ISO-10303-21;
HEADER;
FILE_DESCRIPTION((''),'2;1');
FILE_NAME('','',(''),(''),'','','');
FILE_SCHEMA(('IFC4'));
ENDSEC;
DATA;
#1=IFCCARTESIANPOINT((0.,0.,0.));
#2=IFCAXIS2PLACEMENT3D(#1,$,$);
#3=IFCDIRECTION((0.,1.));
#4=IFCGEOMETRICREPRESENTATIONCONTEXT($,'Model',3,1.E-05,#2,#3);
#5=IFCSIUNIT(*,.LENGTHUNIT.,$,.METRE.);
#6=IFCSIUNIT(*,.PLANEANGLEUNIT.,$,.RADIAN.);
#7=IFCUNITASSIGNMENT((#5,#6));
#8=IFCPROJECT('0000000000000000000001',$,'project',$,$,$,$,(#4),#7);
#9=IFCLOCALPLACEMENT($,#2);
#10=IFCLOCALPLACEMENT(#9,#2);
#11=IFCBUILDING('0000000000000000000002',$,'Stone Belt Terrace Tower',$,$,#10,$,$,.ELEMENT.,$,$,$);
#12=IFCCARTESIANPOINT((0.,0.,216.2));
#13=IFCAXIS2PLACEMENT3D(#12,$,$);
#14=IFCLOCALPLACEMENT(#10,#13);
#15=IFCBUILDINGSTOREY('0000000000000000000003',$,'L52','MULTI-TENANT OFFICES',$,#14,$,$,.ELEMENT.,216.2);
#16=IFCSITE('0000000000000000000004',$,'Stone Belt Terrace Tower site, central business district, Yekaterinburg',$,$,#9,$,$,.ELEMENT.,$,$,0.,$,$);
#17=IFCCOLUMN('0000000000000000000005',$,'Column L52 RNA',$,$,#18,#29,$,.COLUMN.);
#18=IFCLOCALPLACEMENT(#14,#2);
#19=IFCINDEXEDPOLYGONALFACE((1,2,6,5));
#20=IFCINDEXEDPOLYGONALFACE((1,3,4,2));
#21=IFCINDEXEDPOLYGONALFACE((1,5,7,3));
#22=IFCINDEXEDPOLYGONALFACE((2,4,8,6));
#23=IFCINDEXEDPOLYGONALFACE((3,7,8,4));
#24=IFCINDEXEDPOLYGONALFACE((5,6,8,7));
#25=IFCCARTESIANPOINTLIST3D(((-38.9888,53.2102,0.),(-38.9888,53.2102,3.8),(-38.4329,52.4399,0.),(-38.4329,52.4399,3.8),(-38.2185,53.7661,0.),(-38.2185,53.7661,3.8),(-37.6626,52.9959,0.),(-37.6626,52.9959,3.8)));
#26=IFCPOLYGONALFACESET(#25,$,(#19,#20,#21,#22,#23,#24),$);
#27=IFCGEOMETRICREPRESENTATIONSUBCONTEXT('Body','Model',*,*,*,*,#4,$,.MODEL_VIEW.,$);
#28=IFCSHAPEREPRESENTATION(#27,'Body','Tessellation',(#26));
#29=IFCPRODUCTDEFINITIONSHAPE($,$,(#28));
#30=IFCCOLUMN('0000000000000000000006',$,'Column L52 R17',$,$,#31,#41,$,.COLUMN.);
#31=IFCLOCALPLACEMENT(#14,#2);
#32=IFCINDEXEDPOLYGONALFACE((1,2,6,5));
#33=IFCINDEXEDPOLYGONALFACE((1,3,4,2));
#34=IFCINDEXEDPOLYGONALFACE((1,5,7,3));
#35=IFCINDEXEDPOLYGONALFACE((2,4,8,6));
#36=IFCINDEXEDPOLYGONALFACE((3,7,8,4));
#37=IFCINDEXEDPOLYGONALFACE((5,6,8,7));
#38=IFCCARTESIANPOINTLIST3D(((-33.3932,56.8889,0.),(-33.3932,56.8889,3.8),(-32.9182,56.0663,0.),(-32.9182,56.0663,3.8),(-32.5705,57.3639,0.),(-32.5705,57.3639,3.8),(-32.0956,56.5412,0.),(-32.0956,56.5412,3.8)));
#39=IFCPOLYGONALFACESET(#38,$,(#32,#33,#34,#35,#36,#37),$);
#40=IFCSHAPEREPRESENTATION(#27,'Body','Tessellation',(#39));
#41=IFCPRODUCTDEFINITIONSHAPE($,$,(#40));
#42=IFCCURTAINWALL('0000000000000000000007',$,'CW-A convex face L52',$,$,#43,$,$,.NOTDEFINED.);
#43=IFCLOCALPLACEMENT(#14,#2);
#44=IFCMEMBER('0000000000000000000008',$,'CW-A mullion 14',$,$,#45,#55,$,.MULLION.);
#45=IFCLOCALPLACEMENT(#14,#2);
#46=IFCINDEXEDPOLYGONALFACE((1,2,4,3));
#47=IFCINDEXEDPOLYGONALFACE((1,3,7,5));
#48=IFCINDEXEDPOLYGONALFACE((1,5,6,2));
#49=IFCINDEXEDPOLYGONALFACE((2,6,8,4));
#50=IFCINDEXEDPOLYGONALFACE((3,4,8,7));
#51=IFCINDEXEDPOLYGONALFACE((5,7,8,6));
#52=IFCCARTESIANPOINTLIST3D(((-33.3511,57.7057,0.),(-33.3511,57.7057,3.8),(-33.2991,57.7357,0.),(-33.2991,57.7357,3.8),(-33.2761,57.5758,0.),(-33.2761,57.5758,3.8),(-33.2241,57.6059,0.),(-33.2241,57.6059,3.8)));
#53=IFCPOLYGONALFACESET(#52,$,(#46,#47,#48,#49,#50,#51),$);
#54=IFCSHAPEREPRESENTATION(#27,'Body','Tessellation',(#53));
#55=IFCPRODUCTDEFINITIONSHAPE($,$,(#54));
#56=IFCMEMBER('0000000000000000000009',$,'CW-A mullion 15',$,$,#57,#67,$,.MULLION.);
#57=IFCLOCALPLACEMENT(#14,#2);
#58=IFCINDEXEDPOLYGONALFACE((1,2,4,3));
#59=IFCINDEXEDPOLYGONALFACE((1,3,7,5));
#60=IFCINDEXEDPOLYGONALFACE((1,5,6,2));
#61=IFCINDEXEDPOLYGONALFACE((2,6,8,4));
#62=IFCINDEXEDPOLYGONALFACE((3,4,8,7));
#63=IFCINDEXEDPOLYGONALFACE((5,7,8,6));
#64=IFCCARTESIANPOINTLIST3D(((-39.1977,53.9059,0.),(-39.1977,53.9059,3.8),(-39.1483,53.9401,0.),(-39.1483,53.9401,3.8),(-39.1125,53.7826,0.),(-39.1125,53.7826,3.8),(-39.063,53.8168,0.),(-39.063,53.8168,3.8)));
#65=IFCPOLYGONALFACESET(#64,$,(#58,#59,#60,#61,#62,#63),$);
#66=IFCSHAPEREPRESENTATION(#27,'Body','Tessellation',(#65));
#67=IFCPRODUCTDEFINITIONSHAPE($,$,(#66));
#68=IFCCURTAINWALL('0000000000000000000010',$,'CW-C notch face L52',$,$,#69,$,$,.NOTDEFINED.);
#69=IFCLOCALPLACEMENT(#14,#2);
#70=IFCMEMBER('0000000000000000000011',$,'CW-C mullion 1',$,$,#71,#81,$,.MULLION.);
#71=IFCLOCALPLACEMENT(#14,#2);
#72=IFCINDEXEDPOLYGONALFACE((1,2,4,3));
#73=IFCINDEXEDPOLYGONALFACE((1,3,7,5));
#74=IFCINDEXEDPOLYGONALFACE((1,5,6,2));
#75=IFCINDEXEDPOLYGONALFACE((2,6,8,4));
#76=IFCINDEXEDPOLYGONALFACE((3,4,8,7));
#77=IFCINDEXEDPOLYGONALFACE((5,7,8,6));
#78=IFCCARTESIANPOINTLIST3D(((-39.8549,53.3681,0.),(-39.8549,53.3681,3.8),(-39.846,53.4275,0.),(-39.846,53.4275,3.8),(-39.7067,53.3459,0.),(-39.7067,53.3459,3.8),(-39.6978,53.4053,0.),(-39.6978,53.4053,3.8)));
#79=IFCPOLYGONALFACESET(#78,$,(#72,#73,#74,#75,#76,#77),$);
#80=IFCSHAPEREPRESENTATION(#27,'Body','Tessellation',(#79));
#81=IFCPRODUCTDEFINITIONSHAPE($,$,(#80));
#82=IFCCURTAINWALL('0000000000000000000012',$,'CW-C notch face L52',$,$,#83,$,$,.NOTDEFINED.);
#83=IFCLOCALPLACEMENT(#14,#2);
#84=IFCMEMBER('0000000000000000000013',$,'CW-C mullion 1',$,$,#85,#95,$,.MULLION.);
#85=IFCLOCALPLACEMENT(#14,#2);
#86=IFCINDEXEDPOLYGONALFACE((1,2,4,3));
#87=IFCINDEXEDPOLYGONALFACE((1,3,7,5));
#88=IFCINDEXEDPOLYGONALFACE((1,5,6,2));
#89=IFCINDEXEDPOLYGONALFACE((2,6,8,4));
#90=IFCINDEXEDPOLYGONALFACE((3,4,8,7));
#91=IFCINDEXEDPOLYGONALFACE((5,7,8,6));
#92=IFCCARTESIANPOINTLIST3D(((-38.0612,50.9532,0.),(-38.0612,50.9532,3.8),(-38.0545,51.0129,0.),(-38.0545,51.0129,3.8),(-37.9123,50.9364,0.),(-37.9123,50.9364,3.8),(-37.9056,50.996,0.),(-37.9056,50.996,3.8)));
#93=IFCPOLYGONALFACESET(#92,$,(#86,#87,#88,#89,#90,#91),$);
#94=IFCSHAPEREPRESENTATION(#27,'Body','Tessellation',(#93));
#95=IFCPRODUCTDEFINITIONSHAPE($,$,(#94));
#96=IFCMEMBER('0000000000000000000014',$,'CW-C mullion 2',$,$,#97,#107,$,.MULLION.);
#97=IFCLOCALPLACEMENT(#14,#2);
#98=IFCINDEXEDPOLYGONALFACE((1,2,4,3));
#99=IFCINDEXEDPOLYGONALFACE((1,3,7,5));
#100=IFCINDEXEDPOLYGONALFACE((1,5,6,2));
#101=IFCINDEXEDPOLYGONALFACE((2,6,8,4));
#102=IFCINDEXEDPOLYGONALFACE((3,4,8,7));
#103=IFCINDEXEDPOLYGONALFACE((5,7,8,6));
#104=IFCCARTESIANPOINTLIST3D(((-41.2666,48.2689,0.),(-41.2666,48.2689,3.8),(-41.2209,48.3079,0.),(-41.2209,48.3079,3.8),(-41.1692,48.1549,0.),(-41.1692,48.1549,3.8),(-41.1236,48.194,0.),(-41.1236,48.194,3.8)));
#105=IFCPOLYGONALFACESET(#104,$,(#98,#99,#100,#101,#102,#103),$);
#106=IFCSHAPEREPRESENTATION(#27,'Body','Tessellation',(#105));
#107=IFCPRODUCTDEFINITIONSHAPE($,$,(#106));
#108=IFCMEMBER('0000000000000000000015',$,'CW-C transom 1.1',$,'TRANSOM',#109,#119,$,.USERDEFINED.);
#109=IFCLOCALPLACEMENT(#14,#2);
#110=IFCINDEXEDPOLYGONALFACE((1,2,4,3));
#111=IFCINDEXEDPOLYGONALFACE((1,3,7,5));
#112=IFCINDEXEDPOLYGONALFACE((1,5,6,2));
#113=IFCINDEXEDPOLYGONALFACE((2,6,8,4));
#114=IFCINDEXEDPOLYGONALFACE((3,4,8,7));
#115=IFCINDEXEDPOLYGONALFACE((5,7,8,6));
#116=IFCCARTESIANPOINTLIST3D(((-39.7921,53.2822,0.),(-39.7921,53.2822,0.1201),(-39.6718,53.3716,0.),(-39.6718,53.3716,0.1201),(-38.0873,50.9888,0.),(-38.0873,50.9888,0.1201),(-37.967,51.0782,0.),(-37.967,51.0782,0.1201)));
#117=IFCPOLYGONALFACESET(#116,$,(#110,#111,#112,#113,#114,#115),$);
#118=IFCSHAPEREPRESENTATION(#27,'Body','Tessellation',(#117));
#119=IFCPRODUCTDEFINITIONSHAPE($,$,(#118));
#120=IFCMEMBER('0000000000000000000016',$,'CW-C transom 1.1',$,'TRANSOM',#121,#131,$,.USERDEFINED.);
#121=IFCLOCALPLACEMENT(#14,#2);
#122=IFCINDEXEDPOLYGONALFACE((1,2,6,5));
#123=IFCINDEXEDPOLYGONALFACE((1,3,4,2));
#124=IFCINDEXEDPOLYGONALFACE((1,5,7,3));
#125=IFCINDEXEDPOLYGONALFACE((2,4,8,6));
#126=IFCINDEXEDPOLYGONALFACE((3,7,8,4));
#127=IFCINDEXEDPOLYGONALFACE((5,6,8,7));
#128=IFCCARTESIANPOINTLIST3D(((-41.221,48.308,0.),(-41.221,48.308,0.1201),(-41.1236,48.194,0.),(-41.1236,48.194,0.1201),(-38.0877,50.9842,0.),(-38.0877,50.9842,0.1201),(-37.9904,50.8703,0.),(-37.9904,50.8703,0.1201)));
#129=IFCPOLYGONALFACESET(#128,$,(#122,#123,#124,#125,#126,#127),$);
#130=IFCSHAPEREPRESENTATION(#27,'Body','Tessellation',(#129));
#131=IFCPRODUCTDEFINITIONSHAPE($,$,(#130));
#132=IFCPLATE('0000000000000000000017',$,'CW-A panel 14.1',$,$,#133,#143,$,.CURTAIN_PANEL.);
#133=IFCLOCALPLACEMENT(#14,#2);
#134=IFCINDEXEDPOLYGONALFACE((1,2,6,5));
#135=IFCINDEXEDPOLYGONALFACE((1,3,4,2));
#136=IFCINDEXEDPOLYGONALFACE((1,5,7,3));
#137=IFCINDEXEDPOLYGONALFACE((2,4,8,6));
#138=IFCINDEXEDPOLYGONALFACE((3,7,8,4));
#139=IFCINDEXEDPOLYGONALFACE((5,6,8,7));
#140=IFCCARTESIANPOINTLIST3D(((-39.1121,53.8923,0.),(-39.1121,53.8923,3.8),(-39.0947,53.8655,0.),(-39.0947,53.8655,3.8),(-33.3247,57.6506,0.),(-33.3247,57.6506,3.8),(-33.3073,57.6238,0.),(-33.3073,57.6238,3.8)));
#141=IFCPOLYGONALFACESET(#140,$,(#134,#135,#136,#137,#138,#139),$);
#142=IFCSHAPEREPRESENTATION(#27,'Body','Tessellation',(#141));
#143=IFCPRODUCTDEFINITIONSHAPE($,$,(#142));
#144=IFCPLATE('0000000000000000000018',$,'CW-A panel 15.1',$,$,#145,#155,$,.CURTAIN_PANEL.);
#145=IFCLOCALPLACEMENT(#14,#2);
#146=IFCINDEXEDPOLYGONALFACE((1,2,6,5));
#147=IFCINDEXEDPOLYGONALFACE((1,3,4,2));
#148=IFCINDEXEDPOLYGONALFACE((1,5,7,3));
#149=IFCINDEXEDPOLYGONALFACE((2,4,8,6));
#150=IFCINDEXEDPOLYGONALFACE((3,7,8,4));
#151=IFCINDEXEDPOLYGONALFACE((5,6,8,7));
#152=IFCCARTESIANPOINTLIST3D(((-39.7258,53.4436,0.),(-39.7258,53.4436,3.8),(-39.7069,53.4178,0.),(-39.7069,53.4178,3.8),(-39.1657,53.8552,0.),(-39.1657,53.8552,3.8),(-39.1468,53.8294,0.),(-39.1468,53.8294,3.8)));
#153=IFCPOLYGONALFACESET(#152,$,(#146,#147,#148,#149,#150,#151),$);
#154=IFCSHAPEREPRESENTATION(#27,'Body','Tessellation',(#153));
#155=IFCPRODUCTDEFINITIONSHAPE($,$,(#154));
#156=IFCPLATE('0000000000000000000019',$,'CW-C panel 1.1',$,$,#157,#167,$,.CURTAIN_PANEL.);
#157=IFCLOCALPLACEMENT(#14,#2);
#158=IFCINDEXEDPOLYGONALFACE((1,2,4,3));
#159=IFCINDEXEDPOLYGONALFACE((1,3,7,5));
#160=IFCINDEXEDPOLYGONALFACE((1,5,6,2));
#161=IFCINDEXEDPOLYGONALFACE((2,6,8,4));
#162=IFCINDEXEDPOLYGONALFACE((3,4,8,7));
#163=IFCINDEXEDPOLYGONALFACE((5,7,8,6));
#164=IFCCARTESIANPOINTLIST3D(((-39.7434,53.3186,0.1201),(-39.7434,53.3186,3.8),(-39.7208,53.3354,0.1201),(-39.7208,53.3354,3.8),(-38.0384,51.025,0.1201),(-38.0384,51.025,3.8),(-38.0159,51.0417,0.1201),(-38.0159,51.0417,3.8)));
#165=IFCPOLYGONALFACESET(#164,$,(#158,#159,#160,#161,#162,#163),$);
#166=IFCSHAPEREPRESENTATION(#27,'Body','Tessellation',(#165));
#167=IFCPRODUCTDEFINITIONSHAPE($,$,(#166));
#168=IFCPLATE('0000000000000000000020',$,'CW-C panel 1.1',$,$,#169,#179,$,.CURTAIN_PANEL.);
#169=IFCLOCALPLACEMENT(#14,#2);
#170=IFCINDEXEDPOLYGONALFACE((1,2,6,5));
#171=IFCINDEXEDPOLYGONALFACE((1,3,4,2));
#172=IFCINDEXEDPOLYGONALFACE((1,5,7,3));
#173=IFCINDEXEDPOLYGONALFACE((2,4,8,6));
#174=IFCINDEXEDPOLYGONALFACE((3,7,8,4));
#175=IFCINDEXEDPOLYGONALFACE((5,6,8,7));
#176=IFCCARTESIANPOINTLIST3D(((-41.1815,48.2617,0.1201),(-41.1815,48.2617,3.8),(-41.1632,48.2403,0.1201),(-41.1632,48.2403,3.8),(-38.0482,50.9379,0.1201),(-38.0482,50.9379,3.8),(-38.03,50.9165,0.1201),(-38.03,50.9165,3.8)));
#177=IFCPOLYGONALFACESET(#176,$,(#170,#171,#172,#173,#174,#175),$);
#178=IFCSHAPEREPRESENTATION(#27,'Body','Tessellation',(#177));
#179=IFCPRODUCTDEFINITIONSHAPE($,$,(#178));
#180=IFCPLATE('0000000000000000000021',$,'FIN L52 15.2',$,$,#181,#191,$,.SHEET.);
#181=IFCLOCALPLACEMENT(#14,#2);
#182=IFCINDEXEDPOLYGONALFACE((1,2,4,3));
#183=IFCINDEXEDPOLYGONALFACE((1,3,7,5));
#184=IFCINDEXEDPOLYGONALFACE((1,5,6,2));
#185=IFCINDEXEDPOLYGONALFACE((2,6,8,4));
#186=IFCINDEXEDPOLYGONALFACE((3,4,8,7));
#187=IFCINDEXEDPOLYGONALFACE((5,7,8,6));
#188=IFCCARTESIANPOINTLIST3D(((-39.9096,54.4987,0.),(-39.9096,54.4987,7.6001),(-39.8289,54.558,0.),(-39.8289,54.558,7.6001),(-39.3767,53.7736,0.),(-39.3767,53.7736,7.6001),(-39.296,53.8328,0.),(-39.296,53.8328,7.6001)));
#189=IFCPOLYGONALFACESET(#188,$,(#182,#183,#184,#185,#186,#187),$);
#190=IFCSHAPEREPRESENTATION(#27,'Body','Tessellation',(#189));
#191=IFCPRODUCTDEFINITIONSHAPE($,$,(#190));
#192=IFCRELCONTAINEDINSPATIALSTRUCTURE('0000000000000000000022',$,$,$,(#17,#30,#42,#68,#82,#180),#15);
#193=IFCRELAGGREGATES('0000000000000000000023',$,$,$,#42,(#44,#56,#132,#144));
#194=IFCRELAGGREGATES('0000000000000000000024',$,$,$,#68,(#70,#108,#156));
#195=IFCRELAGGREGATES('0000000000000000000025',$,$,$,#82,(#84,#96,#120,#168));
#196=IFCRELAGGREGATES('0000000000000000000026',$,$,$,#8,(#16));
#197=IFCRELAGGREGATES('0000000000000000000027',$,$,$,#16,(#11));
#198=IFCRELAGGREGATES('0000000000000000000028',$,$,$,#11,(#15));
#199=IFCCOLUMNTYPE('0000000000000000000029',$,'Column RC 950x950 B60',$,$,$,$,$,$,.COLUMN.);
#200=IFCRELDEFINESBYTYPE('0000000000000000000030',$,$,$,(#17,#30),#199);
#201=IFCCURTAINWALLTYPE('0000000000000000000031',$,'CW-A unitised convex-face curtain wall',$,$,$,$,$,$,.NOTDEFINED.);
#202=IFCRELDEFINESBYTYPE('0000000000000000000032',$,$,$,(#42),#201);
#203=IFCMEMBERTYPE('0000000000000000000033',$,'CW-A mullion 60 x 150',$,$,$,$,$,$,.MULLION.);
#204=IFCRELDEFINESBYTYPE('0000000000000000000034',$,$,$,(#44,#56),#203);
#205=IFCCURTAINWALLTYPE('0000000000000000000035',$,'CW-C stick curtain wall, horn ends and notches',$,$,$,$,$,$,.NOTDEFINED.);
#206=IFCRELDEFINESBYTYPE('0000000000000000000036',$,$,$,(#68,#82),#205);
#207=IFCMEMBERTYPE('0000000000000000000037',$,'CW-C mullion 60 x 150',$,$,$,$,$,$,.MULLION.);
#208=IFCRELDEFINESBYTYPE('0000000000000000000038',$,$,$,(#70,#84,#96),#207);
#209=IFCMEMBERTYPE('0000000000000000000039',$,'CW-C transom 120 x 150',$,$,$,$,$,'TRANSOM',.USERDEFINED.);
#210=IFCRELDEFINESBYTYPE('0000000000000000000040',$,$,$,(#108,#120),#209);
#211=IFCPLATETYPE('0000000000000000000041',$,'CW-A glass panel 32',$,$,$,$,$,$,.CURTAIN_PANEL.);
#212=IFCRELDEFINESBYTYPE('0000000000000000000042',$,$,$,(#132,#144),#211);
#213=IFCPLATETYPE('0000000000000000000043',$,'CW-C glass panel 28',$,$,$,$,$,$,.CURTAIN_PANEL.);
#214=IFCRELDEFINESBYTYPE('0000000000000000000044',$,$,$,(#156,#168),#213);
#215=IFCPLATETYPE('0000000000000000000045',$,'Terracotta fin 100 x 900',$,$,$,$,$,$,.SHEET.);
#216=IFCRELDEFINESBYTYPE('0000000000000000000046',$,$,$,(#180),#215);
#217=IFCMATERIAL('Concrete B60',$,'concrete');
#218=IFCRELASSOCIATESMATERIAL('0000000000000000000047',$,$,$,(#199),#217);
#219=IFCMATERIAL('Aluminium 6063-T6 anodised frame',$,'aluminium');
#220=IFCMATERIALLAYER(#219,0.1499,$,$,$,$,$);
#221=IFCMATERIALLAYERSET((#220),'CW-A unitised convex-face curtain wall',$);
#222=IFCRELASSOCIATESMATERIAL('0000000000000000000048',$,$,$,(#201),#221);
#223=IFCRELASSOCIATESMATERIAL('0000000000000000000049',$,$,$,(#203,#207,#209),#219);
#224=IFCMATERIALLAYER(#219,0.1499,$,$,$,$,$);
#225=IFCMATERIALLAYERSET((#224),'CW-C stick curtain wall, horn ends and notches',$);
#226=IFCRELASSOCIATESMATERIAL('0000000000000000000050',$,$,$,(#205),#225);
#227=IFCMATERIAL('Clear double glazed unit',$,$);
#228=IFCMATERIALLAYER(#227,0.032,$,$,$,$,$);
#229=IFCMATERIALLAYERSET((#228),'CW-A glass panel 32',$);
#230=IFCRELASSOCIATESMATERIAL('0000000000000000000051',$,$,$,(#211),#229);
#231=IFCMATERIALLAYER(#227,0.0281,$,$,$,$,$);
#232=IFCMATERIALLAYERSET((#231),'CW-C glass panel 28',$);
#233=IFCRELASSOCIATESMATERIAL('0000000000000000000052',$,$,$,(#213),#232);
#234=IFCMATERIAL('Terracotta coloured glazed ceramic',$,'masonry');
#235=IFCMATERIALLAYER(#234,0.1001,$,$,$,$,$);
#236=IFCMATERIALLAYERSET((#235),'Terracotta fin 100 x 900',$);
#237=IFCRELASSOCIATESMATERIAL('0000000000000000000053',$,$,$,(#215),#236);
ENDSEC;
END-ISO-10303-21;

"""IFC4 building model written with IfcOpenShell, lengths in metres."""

from ifc_helpers import new_model, si_unit, direction, frame, origin, origin_2d, place, context, subcontext, project, spatial, rectangle, extrude, material, layer, layer_set, material_profile, profile_set, type_object, element, aggregate, save


model = new_model("IFC4")

# Units and contexts
model_context = context("Model", 3, precision=1e-05, world=origin(), true_north=direction((0.0, 1.0)))
body_context = subcontext(model_context, "Body", "Model", "MODEL_VIEW")
ifc_project = project(units=[si_unit("LENGTHUNIT", "METRE"), si_unit("PLANEANGLEUNIT", "RADIAN")], contexts=[model_context])

# Site, building, storey
site_placement = place(None, origin())
site = spatial("IfcSite", under=ifc_project, at=site_placement, Name="Stone Belt Terrace Tower site, central business district, Yekaterinburg", CompositionType="ELEMENT", RefElevation=0.0)
building_placement = place(site_placement, origin())
building = spatial("IfcBuilding", under=site, at=building_placement, Name="Stone Belt Terrace Tower", CompositionType="ELEMENT")
storey_placement = place(building_placement, frame((0.0, 0.0, 216.2)))
storey = spatial("IfcBuildingStorey", under=building, at=storey_placement, Name="L52", Description="MULTI-TENANT OFFICES", CompositionType="ELEMENT", Elevation=216.2)

# Columns
ifc_material_1 = material(Name="Concrete B60", Category="concrete")
ifc_material_profile_1 = material_profile(ifc_material_1, rectangle(XDim=0.95, YDim=0.95, at=origin_2d()), Name="RC 950x950")
ifc_profile_set_1 = profile_set([ifc_material_profile_1], Name="Concrete B60")
column_type = type_object("IfcColumnType", Name="Column RC 950x950 B60", PredefinedType="COLUMN", material=ifc_profile_set_1)
for number, where, z_axis, x_axis, name in (
    (1, (-38.3257, 53.103, 0.0), (0.0, 0.0, 1.0), (0.81087, 0.585227, 0.0), "Column L52 RNA"),
    (2, (-32.7444, 56.7151, 0.0), (0.0, 0.0, 1.0), (0.866025, 0.5, 0.0), "Column L52 R17"),
):
    element("IfcColumn", number, at=place(storey_placement, frame(where, z_axis=z_axis, x_axis=x_axis)), inside=storey, type_object=column_type, Name=name, PredefinedType="COLUMN", context=body_context, shape_type="SweptSolid", body=[
        extrude(rectangle(XDim=0.95, YDim=0.95, at=origin_2d()), origin(), (0.0, 0.0, 1.0), 3.8),
    ])

# Curtain wall, members
ifc_material_2 = material(Name="Aluminium 6063-T6 anodised frame", Category="aluminium")
ifc_layer_1 = layer(ifc_material_2, 0.1499)
ifc_layer_set_1 = layer_set([ifc_layer_1], Name="CW-A unitised convex-face curtain wall")
curtain_wall_type_1 = type_object("IfcCurtainWallType", Name="CW-A unitised convex-face curtain wall", PredefinedType="NOTDEFINED", material=ifc_layer_set_1)
curtain_wall_1_placement = place(storey_placement, origin())
curtain_wall_1 = element("IfcCurtainWall", 3, at=curtain_wall_1_placement, inside=storey, type_object=curtain_wall_type_1, Name="CW-A convex face L52", PredefinedType="NOTDEFINED")
ifc_material_profile_2 = material_profile(ifc_material_2, rectangle(XDim=0.1499, YDim=0.0601, at=origin_2d()), Name="Aluminium 6063-T6 60x150")
ifc_profile_set_2 = profile_set([ifc_material_profile_2], Name="Aluminium 6063-T6 anodised frame")
member_type_1 = type_object("IfcMemberType", Name="CW-A mullion 60 x 150", PredefinedType="MULLION", material=ifc_profile_set_2)
member_1_placement = place(storey_placement, frame((-33.2876, 57.6558, 0.0), z_axis=(0.0, 0.0, 1.0), x_axis=(0.5, -0.866025, 0.0)))
member_1 = element("IfcMember", 4, at=member_1_placement, type_object=member_type_1, Name="CW-A mullion 14", PredefinedType="MULLION", context=body_context, shape_type="SweptSolid", body=[
    extrude(rectangle(XDim=0.1499, YDim=0.0601, at=origin_2d()), origin(), (0.0, 0.0, 1.0), 3.8),
])
member_2_placement = place(storey_placement, frame((-39.1304, 53.8613, 0.0), z_axis=(0.0, 0.0, 1.0), x_axis=(0.568648, -0.822581, 0.0)))
member_2 = element("IfcMember", 5, at=member_2_placement, type_object=member_type_1, Name="CW-A mullion 15", PredefinedType="MULLION", context=body_context, shape_type="SweptSolid", body=[
    extrude(rectangle(XDim=0.1499, YDim=0.0601, at=origin_2d()), origin(), (0.0, 0.0, 1.0), 3.8),
])

# Curtain wall, member
ifc_layer_2 = layer(ifc_material_2, 0.1499)
ifc_layer_set_2 = layer_set([ifc_layer_2], Name="CW-C stick curtain wall, horn ends and notches")
curtain_wall_type_2 = type_object("IfcCurtainWallType", Name="CW-C stick curtain wall, horn ends and notches", PredefinedType="NOTDEFINED", material=ifc_layer_set_2)
curtain_wall_2_placement = place(storey_placement, origin())
curtain_wall_2 = element("IfcCurtainWall", 6, at=curtain_wall_2_placement, inside=storey, type_object=curtain_wall_type_2, Name="CW-C notch face L52", PredefinedType="NOTDEFINED")
ifc_material_profile_3 = material_profile(ifc_material_2, rectangle(XDim=0.1499, YDim=0.0601, at=origin_2d()), Name="Aluminium 6063-T6 60x150")
ifc_profile_set_3 = profile_set([ifc_material_profile_3], Name="Aluminium 6063-T6 anodised frame")
member_type_2 = type_object("IfcMemberType", Name="CW-C mullion 60 x 150", PredefinedType="MULLION", material=ifc_profile_set_3)
member_3_placement = place(storey_placement, frame((-39.7764, 53.3867, 0.0), z_axis=(0.0, 0.0, 1.0), x_axis=(0.988933, -0.148363, 0.0)))
member_3 = element("IfcMember", 7, at=member_3_placement, type_object=member_type_2, Name="CW-C mullion 1", PredefinedType="MULLION", context=body_context, shape_type="SweptSolid", body=[
    extrude(rectangle(XDim=0.1499, YDim=0.0601, at=origin_2d()), origin(), (0.0, 0.0, 1.0), 3.8),
])

# Curtain wall, members
curtain_wall_3_placement = place(storey_placement, origin())
curtain_wall_3 = element("IfcCurtainWall", 8, at=curtain_wall_3_placement, inside=storey, type_object=curtain_wall_type_2, Name="CW-C notch face L52", PredefinedType="NOTDEFINED")
member_4_placement = place(storey_placement, frame((-37.9834, 50.9746, 0.0), z_axis=(0.0, 0.0, 1.0), x_axis=(0.993695, -0.11212, 0.0)))
member_4 = element("IfcMember", 9, at=member_4_placement, type_object=member_type_2, Name="CW-C mullion 1", PredefinedType="MULLION", context=body_context, shape_type="SweptSolid", body=[
    extrude(rectangle(XDim=0.1499, YDim=0.0601, at=origin_2d()), origin(), (0.0, 0.0, 1.0), 3.8),
])
member_5_placement = place(storey_placement, frame((-41.1951, 48.2314, 0.0), z_axis=(0.0, 0.0, 1.0), x_axis=(0.649462, -0.760394, 0.0)))
member_5 = element("IfcMember", 10, at=member_5_placement, type_object=member_type_2, Name="CW-C mullion 2", PredefinedType="MULLION", context=body_context, shape_type="SweptSolid", body=[
    extrude(rectangle(XDim=0.1499, YDim=0.0601, at=origin_2d()), origin(), (0.0, 0.0, 1.0), 3.8),
])

# Members
ifc_material_profile_4 = material_profile(ifc_material_2, rectangle(XDim=0.1499, YDim=0.1201, at=origin_2d()), Name="Aluminium 6063-T6 150x120")
ifc_profile_set_4 = profile_set([ifc_material_profile_4], Name="Aluminium 6063-T6 anodised frame")
member_type_3 = type_object("IfcMemberType", Name="CW-C transom 120 x 150", ElementType="TRANSOM", PredefinedType="USERDEFINED", material=ifc_profile_set_4)
member_6_placement = place(storey_placement, frame((-39.7319, 53.3269, 0.0601), z_axis=(0.596577, -0.802556, 0.0), x_axis=(0.802556, 0.596577, 0.0)))
member_6 = element("IfcMember", 11, at=member_6_placement, type_object=member_type_3, Name="CW-C transom 1.1", ObjectType="TRANSOM", PredefinedType="USERDEFINED", context=body_context, shape_type="SweptSolid", body=[
    extrude(rectangle(XDim=0.1499, YDim=0.1201, at=origin_2d()), origin(), (0.0, 0.0, 1.0), 2.8577),
])
member_7_placement = place(storey_placement, frame((-38.0391, 50.9272, 0.0601), z_axis=(-0.760385, -0.649473, 0.0), x_axis=(0.649473, -0.760385, 0.0)))
member_7 = element("IfcMember", 12, at=member_7_placement, type_object=member_type_3, Name="CW-C transom 1.1", ObjectType="TRANSOM", PredefinedType="USERDEFINED", context=body_context, shape_type="SweptSolid", body=[
    extrude(rectangle(XDim=0.1499, YDim=0.1201, at=origin_2d()), origin(), (0.0, 0.0, 1.0), 4.1206),
])

# Plates
ifc_material_3 = material(Name="Clear double glazed unit")
ifc_layer_3 = layer(ifc_material_3, 0.032)
ifc_layer_set_3 = layer_set([ifc_layer_3], Name="CW-A glass panel 32")
plate_type_1 = type_object("IfcPlateType", Name="CW-A glass panel 32", PredefinedType="CURTAIN_PANEL", material=ifc_layer_set_3)
plate_1_placement = place(storey_placement, frame((-36.2097, 55.7581, 0.0), z_axis=(0.0, 0.0, 1.0), x_axis=(-0.838671, -0.544639, 0.0)))
plate_1 = element("IfcPlate", 13, at=plate_1_placement, type_object=plate_type_1, Name="CW-A panel 14.1", PredefinedType="CURTAIN_PANEL", context=body_context, shape_type="SweptSolid", body=[
    extrude(rectangle(XDim=6.9006, YDim=0.032, at=origin_2d()), origin(), (0.0, 0.0, 1.0), 3.8),
])
plate_2_placement = place(storey_placement, frame((-39.4363, 53.6365, 0.0), z_axis=(0.0, 0.0, 1.0), x_axis=(-0.805805, -0.592181, 0.0)))
plate_2 = element("IfcPlate", 14, at=plate_2_placement, type_object=plate_type_1, Name="CW-A panel 15.1", PredefinedType="CURTAIN_PANEL", context=body_context, shape_type="SweptSolid", body=[
    extrude(rectangle(XDim=0.6951, YDim=0.032, at=origin_2d()), origin(), (0.0, 0.0, 1.0), 3.8),
])
aggregate(curtain_wall_1, [member_1, member_2, plate_1, plate_2])
ifc_layer_4 = layer(ifc_material_3, 0.0281)
ifc_layer_set_4 = layer_set([ifc_layer_4], Name="CW-C glass panel 28")
plate_type_2 = type_object("IfcPlateType", Name="CW-C glass panel 28", PredefinedType="CURTAIN_PANEL", material=ifc_layer_set_4)
plate_3_placement = place(storey_placement, frame((-38.8796, 52.1802, 0.1201), z_axis=(0.0, 0.0, 1.0), x_axis=(0.596559, -0.802569, 0.0)))
plate_3 = element("IfcPlate", 15, at=plate_3_placement, type_object=plate_type_2, Name="CW-C panel 1.1", PredefinedType="CURTAIN_PANEL", context=body_context, shape_type="SweptSolid", body=[
    extrude(rectangle(XDim=2.8579, YDim=0.0281, at=origin_2d()), origin(), (0.0, 0.0, 1.0), 3.6799),
])
aggregate(curtain_wall_2, [member_3, member_6, plate_3])
plate_4_placement = place(storey_placement, frame((-39.6057, 49.5891, 0.1201), z_axis=(0.0, 0.0, 1.0), x_axis=(-0.760394, -0.649462, 0.0)))
plate_4 = element("IfcPlate", 16, at=plate_4_placement, type_object=plate_type_2, Name="CW-C panel 1.1", PredefinedType="CURTAIN_PANEL", context=body_context, shape_type="SweptSolid", body=[
    extrude(rectangle(XDim=4.1206, YDim=0.0281, at=origin_2d()), origin(), (0.0, 0.0, 1.0), 3.6799),
])
aggregate(curtain_wall_3, [member_4, member_5, member_7, plate_4])

# Plate
ifc_material_4 = material(Name="Terracotta coloured glazed ceramic", Category="masonry")
ifc_layer_5 = layer(ifc_material_4, 0.1001)
ifc_layer_set_5 = layer_set([ifc_layer_5], Name="Terracotta fin 100 x 900")
plate_type_3 = type_object("IfcPlateType", Name="Terracotta fin 100 x 900", PredefinedType="SHEET", material=ifc_layer_set_5)
for number, where, z_axis, x_axis, name in (
    (17, (-39.6028, 54.1658, 0.0), (0.0, 0.0, 1.0), (-0.592181, 0.805805, 0.0), "FIN L52 15.2"),
):
    element("IfcPlate", number, at=place(storey_placement, frame(where, z_axis=z_axis, x_axis=x_axis)), inside=storey, type_object=plate_type_3, Name=name, PredefinedType="SHEET", context=body_context, shape_type="SweptSolid", body=[
        extrude(rectangle(XDim=0.8999, YDim=0.1001, at=origin_2d()), origin(), (0.0, 0.0, 1.0), 7.6001),
    ])

save(model, "model.ifc")
